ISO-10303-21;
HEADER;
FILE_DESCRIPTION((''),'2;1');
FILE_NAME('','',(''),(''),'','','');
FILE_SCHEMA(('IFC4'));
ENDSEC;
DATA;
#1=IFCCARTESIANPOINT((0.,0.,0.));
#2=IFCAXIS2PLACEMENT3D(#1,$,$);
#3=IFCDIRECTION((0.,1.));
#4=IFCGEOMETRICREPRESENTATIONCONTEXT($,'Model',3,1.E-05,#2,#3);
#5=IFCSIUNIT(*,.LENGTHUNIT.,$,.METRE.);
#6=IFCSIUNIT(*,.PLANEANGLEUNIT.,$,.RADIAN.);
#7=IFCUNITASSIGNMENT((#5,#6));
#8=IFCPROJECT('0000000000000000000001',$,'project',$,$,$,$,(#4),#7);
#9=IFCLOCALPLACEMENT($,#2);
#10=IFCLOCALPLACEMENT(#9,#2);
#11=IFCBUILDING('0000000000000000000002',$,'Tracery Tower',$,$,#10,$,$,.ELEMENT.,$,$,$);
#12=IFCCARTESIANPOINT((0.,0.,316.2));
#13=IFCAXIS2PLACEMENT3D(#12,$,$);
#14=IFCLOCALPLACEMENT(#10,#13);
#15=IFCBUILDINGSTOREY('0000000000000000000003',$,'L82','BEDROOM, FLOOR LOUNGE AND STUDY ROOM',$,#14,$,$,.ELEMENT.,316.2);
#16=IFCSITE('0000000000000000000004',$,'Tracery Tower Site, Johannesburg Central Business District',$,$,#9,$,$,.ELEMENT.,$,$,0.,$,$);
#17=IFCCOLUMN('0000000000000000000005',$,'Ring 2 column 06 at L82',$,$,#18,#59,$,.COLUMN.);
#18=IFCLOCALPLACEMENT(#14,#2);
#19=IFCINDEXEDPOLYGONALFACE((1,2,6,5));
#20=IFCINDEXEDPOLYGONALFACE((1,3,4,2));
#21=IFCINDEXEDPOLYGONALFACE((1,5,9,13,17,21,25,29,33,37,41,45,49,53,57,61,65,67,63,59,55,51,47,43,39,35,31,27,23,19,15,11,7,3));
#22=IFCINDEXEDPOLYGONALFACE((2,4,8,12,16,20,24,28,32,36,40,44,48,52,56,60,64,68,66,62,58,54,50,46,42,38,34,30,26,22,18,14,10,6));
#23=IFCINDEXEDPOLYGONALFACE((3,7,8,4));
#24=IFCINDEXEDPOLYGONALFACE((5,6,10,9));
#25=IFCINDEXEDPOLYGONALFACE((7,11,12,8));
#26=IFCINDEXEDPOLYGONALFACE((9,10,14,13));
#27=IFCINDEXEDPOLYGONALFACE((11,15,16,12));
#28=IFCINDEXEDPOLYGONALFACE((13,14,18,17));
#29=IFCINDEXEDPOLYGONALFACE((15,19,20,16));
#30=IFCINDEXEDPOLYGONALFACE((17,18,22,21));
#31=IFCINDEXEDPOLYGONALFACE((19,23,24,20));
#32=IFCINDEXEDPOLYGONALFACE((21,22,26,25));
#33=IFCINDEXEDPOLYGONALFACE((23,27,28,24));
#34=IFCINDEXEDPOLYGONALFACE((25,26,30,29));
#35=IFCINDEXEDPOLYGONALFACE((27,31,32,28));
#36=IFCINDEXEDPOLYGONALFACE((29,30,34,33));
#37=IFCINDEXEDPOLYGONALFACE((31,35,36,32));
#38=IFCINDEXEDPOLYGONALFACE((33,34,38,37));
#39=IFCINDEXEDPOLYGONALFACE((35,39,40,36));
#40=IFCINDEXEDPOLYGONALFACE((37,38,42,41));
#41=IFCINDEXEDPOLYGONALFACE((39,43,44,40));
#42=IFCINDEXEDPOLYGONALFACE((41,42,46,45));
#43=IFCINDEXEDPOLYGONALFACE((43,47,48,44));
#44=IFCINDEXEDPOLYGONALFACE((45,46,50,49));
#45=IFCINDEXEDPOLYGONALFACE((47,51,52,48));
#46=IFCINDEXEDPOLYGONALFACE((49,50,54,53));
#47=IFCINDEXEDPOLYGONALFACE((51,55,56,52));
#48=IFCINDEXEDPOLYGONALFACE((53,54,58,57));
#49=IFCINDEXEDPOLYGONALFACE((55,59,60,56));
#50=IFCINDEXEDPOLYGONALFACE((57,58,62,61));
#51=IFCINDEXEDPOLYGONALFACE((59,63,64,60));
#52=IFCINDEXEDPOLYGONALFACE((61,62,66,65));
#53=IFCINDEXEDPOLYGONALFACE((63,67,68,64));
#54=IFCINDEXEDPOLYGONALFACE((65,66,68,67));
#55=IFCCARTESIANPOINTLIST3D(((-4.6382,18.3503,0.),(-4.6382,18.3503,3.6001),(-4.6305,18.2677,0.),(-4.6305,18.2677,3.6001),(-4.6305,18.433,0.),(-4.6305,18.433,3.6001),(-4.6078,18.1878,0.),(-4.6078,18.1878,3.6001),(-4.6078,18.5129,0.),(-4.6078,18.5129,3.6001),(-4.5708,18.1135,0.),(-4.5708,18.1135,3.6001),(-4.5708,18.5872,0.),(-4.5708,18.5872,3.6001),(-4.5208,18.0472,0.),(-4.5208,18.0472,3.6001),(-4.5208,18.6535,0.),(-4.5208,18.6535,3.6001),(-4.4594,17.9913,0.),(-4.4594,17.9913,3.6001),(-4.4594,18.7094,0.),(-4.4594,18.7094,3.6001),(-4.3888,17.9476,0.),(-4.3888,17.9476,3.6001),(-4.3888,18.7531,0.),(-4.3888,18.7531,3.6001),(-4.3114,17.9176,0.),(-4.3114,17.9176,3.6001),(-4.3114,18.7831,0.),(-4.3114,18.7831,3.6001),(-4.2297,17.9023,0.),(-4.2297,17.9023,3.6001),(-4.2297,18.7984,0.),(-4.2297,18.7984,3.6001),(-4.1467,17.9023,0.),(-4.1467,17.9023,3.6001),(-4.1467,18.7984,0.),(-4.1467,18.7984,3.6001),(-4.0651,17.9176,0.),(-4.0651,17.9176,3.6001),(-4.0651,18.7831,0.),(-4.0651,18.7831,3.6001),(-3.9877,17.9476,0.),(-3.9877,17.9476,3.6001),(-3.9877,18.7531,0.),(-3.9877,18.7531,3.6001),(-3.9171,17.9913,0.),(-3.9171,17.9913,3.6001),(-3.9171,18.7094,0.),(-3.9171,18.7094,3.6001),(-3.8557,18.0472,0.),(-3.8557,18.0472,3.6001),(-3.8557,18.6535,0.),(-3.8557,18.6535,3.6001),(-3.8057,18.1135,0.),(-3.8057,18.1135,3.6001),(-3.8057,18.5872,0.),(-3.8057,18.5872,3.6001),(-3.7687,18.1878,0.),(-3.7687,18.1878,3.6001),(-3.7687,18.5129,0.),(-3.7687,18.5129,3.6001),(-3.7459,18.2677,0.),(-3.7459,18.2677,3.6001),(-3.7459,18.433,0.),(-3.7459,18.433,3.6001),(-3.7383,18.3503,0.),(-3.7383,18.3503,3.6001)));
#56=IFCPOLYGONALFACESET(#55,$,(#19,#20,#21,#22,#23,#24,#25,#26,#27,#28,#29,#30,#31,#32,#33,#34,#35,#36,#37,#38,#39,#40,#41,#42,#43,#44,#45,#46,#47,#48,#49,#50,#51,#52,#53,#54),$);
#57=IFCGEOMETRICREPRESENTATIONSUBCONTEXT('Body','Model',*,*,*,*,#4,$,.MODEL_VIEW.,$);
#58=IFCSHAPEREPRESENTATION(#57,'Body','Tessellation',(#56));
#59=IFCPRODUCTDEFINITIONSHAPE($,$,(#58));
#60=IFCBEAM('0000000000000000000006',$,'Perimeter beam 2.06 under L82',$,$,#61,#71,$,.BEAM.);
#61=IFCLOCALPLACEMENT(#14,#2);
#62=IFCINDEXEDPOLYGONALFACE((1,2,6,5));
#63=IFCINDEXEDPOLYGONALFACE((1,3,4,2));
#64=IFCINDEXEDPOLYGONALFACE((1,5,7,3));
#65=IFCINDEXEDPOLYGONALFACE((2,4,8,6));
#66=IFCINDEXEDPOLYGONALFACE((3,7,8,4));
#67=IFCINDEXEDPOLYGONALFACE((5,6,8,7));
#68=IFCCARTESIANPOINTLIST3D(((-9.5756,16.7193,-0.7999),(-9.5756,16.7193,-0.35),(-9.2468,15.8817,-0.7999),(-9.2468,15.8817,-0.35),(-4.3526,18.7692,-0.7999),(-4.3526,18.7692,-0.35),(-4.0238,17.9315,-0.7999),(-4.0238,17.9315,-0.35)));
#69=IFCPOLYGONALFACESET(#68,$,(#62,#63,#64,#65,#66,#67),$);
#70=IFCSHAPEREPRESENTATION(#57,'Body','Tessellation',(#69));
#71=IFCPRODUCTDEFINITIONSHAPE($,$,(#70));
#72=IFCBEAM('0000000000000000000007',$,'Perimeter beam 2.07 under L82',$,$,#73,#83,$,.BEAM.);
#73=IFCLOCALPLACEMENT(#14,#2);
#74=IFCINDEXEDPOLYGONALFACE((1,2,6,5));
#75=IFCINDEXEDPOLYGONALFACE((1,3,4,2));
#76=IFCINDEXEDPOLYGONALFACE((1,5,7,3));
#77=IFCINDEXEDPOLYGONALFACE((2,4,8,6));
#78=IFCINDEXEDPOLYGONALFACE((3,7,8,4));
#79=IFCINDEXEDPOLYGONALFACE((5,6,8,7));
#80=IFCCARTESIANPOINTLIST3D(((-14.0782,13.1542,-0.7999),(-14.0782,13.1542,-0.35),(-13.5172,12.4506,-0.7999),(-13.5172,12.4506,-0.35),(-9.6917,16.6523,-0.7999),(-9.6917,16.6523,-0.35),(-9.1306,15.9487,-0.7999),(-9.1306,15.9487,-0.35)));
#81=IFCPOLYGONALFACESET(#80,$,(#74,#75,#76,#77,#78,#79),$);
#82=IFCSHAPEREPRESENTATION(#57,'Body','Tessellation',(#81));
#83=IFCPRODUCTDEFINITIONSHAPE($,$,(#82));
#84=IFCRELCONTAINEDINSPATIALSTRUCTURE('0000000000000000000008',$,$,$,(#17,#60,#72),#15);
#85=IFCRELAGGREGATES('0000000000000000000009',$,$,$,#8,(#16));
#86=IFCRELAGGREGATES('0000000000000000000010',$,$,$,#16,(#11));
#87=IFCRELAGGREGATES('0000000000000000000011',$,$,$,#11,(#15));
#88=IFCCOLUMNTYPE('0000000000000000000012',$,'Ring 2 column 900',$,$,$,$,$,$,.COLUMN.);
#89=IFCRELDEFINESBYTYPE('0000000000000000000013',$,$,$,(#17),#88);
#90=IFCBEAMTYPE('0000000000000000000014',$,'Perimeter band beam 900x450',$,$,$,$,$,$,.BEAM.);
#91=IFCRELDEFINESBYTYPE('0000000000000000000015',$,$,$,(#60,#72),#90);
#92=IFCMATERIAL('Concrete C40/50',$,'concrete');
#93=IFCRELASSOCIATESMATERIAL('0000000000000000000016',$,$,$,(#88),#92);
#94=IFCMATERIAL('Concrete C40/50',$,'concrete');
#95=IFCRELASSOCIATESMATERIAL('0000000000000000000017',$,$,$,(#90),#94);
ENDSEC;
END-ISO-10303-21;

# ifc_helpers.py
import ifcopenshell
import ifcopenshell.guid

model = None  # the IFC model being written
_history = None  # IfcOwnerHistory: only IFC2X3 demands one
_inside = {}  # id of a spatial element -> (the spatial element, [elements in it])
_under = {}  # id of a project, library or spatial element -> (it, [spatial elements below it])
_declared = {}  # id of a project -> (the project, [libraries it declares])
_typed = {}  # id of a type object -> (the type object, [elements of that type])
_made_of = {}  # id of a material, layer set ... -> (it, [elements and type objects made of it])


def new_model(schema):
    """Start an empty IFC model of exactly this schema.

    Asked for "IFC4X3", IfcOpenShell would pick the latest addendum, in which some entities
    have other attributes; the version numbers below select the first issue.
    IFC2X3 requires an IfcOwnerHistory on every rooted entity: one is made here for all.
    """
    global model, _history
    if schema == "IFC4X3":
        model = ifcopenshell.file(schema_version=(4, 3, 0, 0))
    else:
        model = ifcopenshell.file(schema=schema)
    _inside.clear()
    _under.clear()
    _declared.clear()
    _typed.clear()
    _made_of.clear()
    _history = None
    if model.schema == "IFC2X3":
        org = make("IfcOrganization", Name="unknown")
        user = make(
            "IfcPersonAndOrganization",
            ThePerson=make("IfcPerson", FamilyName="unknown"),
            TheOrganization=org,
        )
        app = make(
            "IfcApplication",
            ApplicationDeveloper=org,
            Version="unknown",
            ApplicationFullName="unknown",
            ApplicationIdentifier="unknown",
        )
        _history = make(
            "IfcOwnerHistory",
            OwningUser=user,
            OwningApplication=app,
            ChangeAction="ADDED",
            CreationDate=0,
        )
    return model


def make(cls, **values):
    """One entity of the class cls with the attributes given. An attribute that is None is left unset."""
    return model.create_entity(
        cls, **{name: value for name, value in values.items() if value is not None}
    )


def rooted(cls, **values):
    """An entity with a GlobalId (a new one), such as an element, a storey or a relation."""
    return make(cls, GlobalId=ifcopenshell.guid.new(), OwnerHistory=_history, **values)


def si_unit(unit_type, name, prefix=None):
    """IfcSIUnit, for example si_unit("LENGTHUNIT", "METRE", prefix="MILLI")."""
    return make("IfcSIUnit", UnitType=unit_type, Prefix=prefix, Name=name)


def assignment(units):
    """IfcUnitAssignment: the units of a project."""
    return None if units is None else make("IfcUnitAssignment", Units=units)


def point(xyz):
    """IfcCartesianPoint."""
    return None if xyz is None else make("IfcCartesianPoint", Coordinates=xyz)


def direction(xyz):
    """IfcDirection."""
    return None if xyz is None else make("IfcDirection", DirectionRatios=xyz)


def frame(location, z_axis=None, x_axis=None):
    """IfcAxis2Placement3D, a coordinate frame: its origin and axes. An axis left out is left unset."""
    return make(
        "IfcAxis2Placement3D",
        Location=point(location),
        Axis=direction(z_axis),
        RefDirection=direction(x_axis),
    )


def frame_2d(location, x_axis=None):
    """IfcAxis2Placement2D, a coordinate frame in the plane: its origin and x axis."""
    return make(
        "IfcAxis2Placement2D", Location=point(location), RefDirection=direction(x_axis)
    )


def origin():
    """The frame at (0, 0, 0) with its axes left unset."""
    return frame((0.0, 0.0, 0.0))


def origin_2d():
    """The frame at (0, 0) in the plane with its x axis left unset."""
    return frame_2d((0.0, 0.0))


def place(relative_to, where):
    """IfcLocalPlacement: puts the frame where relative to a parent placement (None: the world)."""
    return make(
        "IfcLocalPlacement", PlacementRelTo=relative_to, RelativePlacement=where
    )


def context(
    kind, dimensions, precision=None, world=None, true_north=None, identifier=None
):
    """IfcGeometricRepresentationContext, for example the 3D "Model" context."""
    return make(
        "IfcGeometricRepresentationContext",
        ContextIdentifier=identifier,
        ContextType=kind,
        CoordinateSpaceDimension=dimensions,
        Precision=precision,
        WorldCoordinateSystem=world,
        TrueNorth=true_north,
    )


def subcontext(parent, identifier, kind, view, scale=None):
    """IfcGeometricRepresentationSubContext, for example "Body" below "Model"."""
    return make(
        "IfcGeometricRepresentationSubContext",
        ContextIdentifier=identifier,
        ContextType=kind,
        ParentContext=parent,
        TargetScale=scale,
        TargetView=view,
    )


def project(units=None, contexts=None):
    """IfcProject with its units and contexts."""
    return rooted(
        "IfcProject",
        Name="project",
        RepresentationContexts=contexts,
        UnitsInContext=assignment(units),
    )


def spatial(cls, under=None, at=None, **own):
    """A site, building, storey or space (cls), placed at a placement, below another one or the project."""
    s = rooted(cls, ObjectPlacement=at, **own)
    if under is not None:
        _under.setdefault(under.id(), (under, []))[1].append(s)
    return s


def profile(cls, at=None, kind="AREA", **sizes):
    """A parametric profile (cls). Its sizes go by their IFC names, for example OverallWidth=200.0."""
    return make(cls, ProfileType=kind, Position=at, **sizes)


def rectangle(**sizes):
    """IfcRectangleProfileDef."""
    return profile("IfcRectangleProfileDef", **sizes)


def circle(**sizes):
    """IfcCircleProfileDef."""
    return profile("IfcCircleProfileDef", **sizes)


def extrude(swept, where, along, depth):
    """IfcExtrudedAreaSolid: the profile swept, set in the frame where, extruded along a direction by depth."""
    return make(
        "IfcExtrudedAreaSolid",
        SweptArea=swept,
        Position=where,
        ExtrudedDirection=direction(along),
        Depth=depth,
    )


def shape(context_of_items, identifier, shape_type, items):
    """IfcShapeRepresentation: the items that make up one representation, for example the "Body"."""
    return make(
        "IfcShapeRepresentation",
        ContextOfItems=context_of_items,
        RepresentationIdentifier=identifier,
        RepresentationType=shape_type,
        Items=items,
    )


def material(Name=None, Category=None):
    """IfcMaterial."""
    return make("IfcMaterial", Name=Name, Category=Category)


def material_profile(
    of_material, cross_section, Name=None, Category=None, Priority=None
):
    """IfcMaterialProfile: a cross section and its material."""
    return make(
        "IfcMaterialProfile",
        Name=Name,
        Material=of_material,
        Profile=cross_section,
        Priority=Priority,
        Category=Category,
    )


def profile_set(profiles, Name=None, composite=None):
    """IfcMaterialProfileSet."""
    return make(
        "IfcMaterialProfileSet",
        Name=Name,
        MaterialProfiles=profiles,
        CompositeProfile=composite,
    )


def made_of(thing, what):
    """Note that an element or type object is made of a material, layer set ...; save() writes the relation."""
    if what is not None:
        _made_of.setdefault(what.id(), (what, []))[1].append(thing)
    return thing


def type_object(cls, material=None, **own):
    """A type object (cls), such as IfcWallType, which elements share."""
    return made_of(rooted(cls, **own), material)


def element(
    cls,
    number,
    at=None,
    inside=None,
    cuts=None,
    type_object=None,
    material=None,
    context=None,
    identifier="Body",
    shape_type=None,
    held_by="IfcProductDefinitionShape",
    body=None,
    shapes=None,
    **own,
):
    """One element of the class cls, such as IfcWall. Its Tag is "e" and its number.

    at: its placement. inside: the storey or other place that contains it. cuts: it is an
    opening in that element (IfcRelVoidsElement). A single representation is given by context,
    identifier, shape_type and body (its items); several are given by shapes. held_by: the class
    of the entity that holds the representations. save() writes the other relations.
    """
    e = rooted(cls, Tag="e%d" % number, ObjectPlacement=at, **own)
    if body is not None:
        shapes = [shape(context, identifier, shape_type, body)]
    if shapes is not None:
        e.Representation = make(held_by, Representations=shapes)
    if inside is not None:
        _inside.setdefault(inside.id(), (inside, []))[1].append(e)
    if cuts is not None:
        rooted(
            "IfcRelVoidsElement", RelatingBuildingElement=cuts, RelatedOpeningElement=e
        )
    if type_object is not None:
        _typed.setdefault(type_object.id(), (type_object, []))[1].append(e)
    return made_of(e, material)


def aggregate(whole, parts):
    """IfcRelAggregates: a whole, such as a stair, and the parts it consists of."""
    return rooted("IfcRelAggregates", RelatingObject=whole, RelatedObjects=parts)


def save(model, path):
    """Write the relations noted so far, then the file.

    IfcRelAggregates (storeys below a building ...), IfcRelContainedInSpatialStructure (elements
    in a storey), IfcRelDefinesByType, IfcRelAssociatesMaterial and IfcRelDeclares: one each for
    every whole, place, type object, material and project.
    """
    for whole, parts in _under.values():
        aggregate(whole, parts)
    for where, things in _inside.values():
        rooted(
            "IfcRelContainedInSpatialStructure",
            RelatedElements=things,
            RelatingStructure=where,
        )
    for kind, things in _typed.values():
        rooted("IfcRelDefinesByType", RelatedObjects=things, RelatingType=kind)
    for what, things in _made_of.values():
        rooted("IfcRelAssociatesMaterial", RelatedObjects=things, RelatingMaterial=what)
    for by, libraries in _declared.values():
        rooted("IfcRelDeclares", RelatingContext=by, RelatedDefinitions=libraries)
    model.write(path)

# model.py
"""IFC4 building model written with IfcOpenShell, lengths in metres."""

from ifc_helpers import new_model, si_unit, direction, frame, origin, origin_2d, place, context, subcontext, project, spatial, rectangle, circle, extrude, material, material_profile, profile_set, type_object, element, save


model = new_model("IFC4")

# Units and contexts
model_context = context("Model", 3, precision=1e-05, world=origin(), true_north=direction((0.0, 1.0)))
body_context = subcontext(model_context, "Body", "Model", "MODEL_VIEW")
ifc_project = project(units=[si_unit("LENGTHUNIT", "METRE"), si_unit("PLANEANGLEUNIT", "RADIAN")], contexts=[model_context])

# Site, building, storey
site_placement = place(None, origin())
site = spatial("IfcSite", under=ifc_project, at=site_placement, Name="Tracery Tower Site, Johannesburg Central Business District", CompositionType="ELEMENT", RefElevation=0.0)
building_placement = place(site_placement, origin())
building = spatial("IfcBuilding", under=site, at=building_placement, Name="Tracery Tower", CompositionType="ELEMENT")
storey_placement = place(building_placement, frame((0.0, 0.0, 316.2)))
storey = spatial("IfcBuildingStorey", under=building, at=storey_placement, Name="L82", Description="BEDROOM, FLOOR LOUNGE AND STUDY ROOM", CompositionType="ELEMENT", Elevation=316.2)

# Column
ifc_material_1 = material(Name="Concrete C40/50", Category="concrete")
ifc_material_profile_1 = material_profile(ifc_material_1, circle(Radius=0.45, at=origin_2d()), Name="RC D900")
ifc_profile_set_1 = profile_set([ifc_material_profile_1], Name="Concrete C40/50")
column_type = type_object("IfcColumnType", Name="Ring 2 column 900", PredefinedType="COLUMN", material=ifc_profile_set_1)
column_placement = place(storey_placement, frame((-4.1882, 18.3503, 0.0), z_axis=(0.0, 0.0, 1.0), x_axis=(1.0, 0.0, 0.0)))
element("IfcColumn", 1, at=column_placement, inside=storey, type_object=column_type, Name="Ring 2 column 06 at L82", PredefinedType="COLUMN", context=body_context, shape_type="SweptSolid", body=[
    extrude(circle(Radius=0.45, at=origin_2d()), origin(), (0.0, 0.0, 1.0), 3.6001),
])

# Beams
ifc_material_2 = material(Name="Concrete C40/50", Category="concrete")
ifc_material_profile_2 = material_profile(ifc_material_2, rectangle(XDim=0.8999, YDim=0.45, at=origin_2d()), Name="RC 900x450")
ifc_profile_set_2 = profile_set([ifc_material_profile_2], Name="Concrete C40/50")
beam_type = type_object("IfcBeamType", Name="Perimeter band beam 900x450", PredefinedType="BEAM", material=ifc_profile_set_2)
beam_1_placement = place(storey_placement, frame((-4.1882, 18.3503, -0.575), z_axis=(-0.930876, -0.365336, 0.0), x_axis=(0.365336, -0.930876, 0.0)))
element("IfcBeam", 2, at=beam_1_placement, inside=storey, type_object=beam_type, Name="Perimeter beam 2.06 under L82", PredefinedType="BEAM", context=body_context, shape_type="SweptSolid", body=[
    extrude(rectangle(XDim=0.8999, YDim=0.45, at=origin_2d()), origin(), (0.0, 0.0, 1.0), 5.6108),
])
beam_2_placement = place(storey_placement, frame((-9.4111, 16.3005, -0.575), z_axis=(-0.781836, -0.623484, 0.0), x_axis=(0.623484, -0.781836, 0.0)))
element("IfcBeam", 3, at=beam_2_placement, inside=storey, type_object=beam_type, Name="Perimeter beam 2.07 under L82", PredefinedType="BEAM", context=body_context, shape_type="SweptSolid", body=[
    extrude(rectangle(XDim=0.8999, YDim=0.45, at=origin_2d()), origin(), (0.0, 0.0, 1.0), 5.6106),
])

save(model, "model.ifc")
